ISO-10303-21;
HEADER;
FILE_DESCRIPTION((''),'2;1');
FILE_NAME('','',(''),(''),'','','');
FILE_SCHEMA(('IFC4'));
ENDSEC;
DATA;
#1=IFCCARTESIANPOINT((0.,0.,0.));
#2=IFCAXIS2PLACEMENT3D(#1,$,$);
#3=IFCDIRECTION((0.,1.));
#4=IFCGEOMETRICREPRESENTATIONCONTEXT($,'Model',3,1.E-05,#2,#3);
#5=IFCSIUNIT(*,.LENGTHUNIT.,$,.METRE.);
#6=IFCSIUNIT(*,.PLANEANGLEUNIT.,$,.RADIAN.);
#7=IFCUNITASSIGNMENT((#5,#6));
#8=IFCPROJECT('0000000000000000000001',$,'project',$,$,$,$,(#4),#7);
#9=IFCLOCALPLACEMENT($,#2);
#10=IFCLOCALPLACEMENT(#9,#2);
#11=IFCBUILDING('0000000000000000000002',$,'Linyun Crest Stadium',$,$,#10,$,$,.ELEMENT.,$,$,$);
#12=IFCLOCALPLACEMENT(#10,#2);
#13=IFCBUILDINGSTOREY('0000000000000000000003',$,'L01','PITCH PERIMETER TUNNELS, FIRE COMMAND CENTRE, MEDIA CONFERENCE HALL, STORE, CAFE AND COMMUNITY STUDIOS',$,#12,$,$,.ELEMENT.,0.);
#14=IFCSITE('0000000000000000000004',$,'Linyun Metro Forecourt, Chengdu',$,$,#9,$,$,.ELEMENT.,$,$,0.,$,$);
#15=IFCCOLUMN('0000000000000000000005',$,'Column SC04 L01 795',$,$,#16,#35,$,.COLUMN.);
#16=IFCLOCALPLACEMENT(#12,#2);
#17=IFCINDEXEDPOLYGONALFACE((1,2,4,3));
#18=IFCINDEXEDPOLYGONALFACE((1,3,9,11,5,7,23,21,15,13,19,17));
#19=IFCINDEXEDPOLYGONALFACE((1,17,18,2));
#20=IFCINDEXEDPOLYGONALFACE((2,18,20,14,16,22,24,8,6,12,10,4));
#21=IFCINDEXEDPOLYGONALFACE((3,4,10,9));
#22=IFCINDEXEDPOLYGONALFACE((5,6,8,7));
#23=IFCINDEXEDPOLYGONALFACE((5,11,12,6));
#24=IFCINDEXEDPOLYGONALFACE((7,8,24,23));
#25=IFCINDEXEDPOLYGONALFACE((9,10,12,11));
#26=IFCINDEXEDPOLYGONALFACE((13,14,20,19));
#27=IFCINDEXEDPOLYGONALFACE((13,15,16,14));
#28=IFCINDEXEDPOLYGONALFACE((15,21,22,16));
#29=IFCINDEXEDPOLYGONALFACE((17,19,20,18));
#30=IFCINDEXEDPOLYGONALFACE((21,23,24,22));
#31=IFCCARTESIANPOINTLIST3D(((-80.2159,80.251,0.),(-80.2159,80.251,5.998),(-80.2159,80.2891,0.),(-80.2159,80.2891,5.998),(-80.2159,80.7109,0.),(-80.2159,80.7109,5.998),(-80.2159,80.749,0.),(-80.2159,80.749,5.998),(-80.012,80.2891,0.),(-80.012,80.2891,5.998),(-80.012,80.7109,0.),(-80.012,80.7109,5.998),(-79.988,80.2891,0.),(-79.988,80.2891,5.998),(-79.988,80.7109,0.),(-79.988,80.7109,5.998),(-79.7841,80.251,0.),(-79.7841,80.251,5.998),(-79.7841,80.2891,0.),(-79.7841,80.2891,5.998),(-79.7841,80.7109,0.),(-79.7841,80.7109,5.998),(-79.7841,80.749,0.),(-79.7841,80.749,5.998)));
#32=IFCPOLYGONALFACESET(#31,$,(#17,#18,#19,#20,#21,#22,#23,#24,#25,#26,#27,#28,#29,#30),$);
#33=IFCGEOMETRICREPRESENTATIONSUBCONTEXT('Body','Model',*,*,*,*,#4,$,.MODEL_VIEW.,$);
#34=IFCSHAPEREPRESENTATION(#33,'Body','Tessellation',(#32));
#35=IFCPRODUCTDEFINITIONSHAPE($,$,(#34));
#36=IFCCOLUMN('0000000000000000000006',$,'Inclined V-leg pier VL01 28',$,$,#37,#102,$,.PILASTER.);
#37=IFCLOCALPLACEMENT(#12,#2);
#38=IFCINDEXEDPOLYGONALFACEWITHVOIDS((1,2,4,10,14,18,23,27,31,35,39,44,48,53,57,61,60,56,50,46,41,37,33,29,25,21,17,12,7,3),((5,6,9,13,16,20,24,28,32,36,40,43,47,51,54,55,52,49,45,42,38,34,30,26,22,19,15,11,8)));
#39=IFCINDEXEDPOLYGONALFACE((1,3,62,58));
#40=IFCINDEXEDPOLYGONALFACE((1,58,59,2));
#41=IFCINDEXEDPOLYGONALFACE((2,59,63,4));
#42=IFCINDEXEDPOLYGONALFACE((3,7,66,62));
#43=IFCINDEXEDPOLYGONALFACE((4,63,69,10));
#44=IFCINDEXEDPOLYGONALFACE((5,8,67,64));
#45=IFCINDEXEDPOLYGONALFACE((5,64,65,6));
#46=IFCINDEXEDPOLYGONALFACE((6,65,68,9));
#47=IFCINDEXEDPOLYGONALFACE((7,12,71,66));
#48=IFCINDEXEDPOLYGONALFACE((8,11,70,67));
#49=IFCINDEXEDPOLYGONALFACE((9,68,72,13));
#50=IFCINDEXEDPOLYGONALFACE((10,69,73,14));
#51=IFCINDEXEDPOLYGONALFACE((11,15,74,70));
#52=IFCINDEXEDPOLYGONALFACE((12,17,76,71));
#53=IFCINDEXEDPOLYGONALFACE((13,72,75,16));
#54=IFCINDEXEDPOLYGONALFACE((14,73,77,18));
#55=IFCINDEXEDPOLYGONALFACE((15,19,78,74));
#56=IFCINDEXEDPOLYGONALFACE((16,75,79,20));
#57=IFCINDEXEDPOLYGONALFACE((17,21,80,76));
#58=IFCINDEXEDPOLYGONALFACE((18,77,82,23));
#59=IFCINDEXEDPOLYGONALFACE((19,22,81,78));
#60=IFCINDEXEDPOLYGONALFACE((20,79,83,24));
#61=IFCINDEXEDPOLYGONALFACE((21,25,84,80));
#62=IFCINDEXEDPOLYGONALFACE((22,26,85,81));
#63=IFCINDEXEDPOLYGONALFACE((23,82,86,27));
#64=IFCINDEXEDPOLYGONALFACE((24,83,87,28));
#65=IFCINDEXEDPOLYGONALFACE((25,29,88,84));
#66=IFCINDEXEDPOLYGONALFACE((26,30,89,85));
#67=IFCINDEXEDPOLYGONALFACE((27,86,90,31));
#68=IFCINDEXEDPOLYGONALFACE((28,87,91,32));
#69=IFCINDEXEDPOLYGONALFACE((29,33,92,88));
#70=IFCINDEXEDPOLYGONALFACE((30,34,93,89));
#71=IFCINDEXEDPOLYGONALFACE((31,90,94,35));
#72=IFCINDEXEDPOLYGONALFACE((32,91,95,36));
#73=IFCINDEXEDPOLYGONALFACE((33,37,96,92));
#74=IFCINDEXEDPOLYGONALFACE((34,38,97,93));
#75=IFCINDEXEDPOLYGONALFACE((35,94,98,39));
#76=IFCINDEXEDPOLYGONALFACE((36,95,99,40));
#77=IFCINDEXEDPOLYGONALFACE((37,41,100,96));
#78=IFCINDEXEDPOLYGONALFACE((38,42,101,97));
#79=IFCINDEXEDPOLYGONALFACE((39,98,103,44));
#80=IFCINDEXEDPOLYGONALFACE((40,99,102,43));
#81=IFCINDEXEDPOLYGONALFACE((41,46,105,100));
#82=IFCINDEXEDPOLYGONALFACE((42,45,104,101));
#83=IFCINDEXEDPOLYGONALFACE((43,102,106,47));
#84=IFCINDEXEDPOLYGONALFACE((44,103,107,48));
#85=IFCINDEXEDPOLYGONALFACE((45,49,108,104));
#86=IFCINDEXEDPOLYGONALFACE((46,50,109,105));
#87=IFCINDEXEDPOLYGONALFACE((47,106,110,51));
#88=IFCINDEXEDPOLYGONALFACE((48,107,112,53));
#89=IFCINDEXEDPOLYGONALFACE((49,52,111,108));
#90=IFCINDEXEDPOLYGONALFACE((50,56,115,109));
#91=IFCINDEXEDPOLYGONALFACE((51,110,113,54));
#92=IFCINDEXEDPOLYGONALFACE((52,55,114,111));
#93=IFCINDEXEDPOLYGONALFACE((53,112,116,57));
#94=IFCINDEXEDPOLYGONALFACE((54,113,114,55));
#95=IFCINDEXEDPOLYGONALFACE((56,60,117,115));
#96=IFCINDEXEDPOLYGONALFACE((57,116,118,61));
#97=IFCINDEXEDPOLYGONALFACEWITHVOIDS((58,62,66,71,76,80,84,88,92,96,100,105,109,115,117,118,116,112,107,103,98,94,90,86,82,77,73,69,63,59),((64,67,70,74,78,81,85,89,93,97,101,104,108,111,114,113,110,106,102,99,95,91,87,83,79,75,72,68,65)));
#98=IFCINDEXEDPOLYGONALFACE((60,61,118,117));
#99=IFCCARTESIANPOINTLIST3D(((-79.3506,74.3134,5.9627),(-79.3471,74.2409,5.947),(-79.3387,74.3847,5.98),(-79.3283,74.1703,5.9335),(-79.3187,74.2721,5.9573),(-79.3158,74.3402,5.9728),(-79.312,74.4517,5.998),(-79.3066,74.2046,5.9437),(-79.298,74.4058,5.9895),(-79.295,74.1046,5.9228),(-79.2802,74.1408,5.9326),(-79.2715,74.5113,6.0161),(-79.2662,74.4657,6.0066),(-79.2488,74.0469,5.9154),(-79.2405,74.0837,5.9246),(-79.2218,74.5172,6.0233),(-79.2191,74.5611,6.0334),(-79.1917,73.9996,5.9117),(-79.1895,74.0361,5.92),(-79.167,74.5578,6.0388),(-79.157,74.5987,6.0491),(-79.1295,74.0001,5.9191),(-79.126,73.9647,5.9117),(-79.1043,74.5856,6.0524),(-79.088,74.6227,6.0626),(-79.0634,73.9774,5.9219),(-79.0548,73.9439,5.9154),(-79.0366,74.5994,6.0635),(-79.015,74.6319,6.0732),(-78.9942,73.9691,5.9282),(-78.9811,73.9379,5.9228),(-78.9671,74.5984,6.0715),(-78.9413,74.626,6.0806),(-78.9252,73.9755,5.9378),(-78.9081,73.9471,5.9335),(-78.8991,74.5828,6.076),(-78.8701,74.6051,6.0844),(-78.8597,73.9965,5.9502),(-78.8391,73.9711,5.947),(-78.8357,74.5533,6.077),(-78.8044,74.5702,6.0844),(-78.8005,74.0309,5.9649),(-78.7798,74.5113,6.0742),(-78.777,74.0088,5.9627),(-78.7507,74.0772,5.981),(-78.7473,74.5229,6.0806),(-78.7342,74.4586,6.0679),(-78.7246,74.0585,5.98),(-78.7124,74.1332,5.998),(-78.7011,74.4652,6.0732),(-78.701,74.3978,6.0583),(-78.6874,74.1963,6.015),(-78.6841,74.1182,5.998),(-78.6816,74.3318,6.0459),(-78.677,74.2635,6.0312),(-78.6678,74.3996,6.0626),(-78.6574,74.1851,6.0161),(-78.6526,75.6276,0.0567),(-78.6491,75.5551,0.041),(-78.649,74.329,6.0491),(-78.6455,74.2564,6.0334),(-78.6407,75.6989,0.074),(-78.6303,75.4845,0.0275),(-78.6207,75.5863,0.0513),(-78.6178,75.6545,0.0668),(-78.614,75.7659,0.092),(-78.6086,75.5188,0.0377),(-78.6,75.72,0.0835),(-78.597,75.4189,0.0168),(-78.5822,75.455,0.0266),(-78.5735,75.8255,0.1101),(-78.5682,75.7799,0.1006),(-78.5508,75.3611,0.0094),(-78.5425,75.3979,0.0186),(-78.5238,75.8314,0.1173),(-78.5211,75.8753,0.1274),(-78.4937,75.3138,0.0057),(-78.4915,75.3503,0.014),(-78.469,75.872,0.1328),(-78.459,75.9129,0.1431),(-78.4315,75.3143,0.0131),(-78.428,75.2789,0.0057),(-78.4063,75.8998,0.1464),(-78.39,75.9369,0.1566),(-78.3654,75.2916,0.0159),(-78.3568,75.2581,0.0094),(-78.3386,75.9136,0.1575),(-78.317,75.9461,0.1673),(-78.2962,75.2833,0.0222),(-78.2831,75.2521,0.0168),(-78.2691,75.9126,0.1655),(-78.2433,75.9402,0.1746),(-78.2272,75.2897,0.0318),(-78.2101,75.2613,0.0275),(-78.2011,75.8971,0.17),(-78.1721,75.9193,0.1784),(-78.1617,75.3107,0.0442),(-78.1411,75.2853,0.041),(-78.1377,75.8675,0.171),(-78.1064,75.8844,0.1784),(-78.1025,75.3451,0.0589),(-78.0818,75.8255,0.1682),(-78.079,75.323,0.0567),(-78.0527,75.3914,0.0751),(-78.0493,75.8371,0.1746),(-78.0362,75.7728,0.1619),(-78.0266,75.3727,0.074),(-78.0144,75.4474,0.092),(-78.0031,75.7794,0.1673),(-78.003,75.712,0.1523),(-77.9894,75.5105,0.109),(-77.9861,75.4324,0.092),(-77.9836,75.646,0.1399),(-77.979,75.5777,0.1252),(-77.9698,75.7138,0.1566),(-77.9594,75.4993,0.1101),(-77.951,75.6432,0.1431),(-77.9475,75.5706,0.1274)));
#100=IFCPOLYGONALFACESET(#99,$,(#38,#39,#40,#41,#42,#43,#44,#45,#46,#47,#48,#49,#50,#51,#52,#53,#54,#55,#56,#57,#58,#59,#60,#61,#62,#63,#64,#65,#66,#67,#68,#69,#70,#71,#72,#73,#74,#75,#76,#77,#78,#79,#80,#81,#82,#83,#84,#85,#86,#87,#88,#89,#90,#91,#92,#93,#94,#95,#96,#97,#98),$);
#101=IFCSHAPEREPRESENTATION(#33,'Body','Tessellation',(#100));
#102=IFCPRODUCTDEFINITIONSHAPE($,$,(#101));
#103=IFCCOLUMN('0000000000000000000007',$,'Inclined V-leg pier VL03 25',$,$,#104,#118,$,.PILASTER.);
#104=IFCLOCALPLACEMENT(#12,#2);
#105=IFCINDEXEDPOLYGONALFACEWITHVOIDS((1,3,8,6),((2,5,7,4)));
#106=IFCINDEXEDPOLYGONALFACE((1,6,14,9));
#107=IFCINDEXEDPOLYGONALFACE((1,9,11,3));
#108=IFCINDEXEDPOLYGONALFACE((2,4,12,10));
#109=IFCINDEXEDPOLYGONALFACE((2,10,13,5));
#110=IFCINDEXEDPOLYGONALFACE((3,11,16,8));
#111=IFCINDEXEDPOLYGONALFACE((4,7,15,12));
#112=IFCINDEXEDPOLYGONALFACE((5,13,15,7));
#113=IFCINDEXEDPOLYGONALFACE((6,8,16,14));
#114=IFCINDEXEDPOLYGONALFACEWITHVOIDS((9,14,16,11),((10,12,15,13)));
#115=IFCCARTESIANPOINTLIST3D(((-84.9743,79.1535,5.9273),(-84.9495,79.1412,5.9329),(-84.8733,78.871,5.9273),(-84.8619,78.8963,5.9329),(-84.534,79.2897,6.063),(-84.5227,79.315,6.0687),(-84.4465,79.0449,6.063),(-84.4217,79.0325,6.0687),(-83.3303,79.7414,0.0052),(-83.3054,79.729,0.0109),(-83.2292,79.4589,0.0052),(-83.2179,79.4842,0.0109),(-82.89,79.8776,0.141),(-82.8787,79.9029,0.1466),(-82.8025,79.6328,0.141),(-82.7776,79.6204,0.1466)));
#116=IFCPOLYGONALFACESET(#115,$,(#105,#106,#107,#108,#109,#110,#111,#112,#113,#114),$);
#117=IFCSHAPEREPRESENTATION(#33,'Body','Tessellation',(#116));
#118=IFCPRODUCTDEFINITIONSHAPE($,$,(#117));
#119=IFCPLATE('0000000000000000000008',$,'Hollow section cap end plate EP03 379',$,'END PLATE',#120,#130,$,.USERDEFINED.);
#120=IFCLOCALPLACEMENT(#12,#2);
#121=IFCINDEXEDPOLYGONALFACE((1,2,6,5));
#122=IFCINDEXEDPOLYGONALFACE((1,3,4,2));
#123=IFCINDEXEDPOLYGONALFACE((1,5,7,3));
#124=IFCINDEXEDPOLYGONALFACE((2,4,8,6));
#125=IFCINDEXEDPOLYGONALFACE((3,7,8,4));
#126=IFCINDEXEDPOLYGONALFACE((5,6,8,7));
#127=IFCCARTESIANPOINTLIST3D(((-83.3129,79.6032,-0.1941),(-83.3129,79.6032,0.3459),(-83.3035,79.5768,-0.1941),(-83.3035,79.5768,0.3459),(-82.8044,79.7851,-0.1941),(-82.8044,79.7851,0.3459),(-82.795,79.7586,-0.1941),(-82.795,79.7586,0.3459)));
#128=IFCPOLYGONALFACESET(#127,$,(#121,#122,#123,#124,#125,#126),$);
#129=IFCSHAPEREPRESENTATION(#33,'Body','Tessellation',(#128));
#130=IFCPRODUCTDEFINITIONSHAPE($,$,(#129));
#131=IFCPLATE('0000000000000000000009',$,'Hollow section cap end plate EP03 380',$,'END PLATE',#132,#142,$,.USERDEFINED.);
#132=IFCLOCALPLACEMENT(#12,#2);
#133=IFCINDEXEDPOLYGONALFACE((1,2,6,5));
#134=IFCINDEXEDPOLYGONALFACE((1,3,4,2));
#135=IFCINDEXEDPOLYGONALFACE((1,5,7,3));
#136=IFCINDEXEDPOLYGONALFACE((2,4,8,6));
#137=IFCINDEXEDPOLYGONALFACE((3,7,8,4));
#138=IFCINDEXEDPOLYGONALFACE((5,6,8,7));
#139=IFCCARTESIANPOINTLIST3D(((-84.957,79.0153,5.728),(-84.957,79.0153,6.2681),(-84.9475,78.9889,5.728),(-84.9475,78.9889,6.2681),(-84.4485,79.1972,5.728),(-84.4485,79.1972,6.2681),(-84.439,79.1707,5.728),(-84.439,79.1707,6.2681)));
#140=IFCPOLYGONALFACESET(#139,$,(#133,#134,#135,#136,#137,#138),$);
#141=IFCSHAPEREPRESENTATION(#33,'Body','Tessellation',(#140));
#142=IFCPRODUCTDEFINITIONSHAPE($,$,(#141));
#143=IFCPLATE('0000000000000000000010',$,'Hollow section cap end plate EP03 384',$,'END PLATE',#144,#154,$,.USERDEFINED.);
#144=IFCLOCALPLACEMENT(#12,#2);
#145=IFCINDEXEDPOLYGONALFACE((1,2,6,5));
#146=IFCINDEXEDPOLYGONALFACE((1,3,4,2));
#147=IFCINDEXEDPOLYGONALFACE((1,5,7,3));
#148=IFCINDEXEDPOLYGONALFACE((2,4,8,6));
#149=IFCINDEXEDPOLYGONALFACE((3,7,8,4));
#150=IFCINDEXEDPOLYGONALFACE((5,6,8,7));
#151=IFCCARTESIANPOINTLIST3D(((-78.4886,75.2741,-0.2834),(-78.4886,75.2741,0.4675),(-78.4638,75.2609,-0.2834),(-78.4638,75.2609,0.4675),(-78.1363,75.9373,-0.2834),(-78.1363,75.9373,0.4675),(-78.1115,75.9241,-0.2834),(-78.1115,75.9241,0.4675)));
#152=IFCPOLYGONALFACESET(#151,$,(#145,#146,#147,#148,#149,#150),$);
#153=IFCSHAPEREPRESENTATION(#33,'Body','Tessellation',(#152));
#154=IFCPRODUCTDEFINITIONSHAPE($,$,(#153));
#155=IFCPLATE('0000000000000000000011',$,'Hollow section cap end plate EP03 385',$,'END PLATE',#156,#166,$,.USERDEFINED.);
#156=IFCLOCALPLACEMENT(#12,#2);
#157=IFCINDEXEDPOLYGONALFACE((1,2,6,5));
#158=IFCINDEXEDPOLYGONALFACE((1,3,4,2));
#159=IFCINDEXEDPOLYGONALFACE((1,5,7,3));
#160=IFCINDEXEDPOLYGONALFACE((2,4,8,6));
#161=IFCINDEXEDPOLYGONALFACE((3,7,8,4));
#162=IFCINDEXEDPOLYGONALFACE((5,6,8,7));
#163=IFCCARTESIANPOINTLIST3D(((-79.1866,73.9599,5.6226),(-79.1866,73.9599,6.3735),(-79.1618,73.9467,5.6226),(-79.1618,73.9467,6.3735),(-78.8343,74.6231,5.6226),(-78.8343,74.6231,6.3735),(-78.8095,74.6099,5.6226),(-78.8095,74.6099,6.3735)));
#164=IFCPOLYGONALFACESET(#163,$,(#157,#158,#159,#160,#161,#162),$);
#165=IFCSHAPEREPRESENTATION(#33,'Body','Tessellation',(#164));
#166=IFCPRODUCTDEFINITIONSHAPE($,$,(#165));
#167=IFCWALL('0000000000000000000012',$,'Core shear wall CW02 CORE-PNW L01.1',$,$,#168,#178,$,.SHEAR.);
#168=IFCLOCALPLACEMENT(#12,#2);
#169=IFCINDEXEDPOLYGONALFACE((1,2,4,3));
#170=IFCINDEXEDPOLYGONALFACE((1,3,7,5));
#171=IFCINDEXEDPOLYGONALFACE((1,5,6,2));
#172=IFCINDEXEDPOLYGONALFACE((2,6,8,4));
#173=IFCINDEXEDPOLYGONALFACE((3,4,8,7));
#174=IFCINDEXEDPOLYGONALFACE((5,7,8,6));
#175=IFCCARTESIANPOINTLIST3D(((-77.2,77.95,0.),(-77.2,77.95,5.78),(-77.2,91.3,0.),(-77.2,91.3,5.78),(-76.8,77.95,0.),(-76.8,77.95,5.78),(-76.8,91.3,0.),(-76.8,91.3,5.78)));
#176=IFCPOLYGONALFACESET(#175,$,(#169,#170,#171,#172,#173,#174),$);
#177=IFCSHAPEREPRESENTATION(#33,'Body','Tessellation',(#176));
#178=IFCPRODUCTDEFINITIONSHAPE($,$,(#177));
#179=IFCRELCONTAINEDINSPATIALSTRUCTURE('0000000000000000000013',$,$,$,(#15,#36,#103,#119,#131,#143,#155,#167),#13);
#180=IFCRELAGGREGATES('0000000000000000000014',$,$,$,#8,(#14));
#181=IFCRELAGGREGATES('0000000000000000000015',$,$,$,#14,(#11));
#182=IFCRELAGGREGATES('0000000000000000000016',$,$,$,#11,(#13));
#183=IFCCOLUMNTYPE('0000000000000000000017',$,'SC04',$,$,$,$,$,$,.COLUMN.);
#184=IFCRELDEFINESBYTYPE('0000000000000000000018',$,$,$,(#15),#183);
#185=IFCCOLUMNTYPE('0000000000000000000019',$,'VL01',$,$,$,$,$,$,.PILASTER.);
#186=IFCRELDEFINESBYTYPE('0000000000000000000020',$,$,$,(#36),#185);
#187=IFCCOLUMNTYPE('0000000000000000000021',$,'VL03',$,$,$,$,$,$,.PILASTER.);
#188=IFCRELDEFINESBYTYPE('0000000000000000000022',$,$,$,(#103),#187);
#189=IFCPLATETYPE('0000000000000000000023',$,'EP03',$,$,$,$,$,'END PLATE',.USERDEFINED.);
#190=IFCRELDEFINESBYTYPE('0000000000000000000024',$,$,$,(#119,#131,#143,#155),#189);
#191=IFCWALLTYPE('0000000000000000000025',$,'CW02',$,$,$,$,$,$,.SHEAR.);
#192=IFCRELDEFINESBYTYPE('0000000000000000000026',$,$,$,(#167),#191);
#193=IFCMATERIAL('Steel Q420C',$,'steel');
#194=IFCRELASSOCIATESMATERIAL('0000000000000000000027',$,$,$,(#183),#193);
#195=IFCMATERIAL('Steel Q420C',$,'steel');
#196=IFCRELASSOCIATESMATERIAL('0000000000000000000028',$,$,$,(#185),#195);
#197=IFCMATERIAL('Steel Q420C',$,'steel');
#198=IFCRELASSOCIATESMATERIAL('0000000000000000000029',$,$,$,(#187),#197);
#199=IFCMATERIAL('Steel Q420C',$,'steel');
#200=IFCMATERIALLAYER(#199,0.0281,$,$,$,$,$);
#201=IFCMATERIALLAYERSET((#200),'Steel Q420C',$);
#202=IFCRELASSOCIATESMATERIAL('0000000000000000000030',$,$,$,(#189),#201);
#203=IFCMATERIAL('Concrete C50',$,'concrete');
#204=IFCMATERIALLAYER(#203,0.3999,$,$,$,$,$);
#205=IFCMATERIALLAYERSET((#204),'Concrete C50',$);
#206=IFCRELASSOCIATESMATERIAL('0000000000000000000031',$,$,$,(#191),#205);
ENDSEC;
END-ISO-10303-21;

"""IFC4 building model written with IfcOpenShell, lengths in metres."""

from ifc_helpers import new_model, si_unit, direction, frame, frame_2d, origin, origin_2d, place, context, subcontext, project, spatial, rectangle, hollow_rectangle, hollow_circle, i_section, extrude, material, layer, layer_set, material_profile, profile_set, type_object, element, save


model = new_model("IFC4")

# Units and contexts
model_context = context("Model", 3, precision=1e-05, world=origin(), true_north=direction((0.0, 1.0)))
body_context = subcontext(model_context, "Body", "Model", "MODEL_VIEW")
ifc_project = project(units=[si_unit("LENGTHUNIT", "METRE"), si_unit("PLANEANGLEUNIT", "RADIAN")], contexts=[model_context])

# Site, building, storey
site_placement = place(None, origin())
site = spatial("IfcSite", under=ifc_project, at=site_placement, Name="Linyun Metro Forecourt, Chengdu", CompositionType="ELEMENT", RefElevation=0.0)
building_placement = place(site_placement, origin())
building = spatial("IfcBuilding", under=site, at=building_placement, Name="Linyun Crest Stadium", CompositionType="ELEMENT")
storey_placement = place(building_placement, origin())
storey = spatial("IfcBuildingStorey", under=building, at=storey_placement, Name="L01", Description="PITCH PERIMETER TUNNELS, FIRE COMMAND CENTRE, MEDIA CONFERENCE HALL, STORE, CAFE AND COMMUNITY STUDIOS", CompositionType="ELEMENT", Elevation=0.0)

# Columns
ifc_material_1 = material(Name="Steel Q420C", Category="steel")
ifc_material_profile_1 = material_profile(ifc_material_1, i_section(OverallWidth=0.4319, OverallDepth=0.498, WebThickness=0.0239, FlangeThickness=0.0381, at=origin_2d()), Name="HW 498x432")
ifc_profile_set_1 = profile_set([ifc_material_profile_1], Name="Steel Q420C")
column_type_1 = type_object("IfcColumnType", Name="SC04", PredefinedType="COLUMN", material=ifc_profile_set_1)
column_1_placement = place(storey_placement, frame((-80.0, 80.5, 0.0), z_axis=(0.0, 0.0, 1.0), x_axis=(1.0, 0.0, 0.0)))
element("IfcColumn", 1, at=column_1_placement, inside=storey, type_object=column_type_1, Name="Column SC04 L01 795", PredefinedType="COLUMN", context=body_context, shape_type="SweptSolid", body=[
    extrude(i_section(OverallWidth=0.4319, OverallDepth=0.498, WebThickness=0.0239, FlangeThickness=0.0381, at=origin_2d()), origin(), (0.0, 0.0, 1.0), 5.998),
])
ifc_material_2 = material(Name="Steel Q420C", Category="steel")
ifc_material_profile_2 = material_profile(ifc_material_2, hollow_circle(Radius=0.3555, WallThickness=0.032, at=origin_2d()), Name="CHS 711x32")
ifc_profile_set_2 = profile_set([ifc_material_profile_2], Name="Steel Q420C")
column_type_2 = type_object("IfcColumnType", Name="VL01", PredefinedType="PILASTER", material=ifc_profile_set_2)
column_2_placement = place(storey_placement, frame((-78.3, 75.5991, 0.092), z_axis=(-0.114603, -0.215777, 0.969694), x_axis=(0.883165, -0.469063, 0.0)))
element("IfcColumn", 2, at=column_2_placement, inside=storey, type_object=column_type_2, Name="Inclined V-leg pier VL01 28", PredefinedType="PILASTER", context=body_context, shape_type="SweptSolid", body=[
    extrude(hollow_circle(Radius=0.3555, WallThickness=0.032, at=origin_2d()), origin(), (0.0, 0.0, 1.0), 6.0906),
])
ifc_material_3 = material(Name="Steel Q420C", Category="steel")
ifc_material_profile_3 = material_profile(ifc_material_3, hollow_rectangle(XDim=0.3, YDim=0.5, WallThickness=0.02, at=origin_2d()), Name="RHS 500x300x20")
ifc_profile_set_3 = profile_set([ifc_material_profile_3], Name="Steel Q420C")
column_type_3 = type_object("IfcColumnType", Name="VL03", PredefinedType="PILASTER", material=ifc_profile_set_3)
column_3_placement = place(storey_placement, frame((-83.054, 79.6809, 0.0759), z_axis=(-0.266279, -0.095218, 0.959181), x_axis=(0.336708, -0.941609, 0.0)))
element("IfcColumn", 3, at=column_3_placement, inside=storey, type_object=column_type_3, Name="Inclined V-leg pier VL03 25", PredefinedType="PILASTER", context=body_context, shape_type="SweptSolid", body=[
    extrude(hollow_rectangle(XDim=0.3, YDim=0.5, WallThickness=0.02, at=origin_2d()), origin(), (0.0, 0.0, 1.0), 6.1741),
])

# Plates
ifc_material_4 = material(Name="Steel Q420C", Category="steel")
ifc_layer_1 = layer(ifc_material_4, 0.0281)
ifc_layer_set_1 = layer_set([ifc_layer_1], Name="Steel Q420C")
plate_type = type_object("IfcPlateType", Name="EP03", ElementType="END PLATE", PredefinedType="USERDEFINED", material=ifc_layer_set_1)
for number, where, z_axis, x_axis, name in (
    (4, (-83.054, 79.6809, -0.1941), (0.0, 0.0, 1.0), (-0.941588, -0.336767, 0.0), "Hollow section cap end plate EP03 379"),
    (5, (-84.698, 79.093, 5.728), (0.0, 0.0, 1.0), (-0.941588, -0.336767, 0.0), "Hollow section cap end plate EP03 380"),
):
    element("IfcPlate", number, at=place(storey_placement, frame(where, z_axis=z_axis, x_axis=x_axis)), inside=storey, type_object=plate_type, Name=name, ObjectType="END PLATE", PredefinedType="USERDEFINED", context=body_context, shape_type="SweptSolid", body=[
        extrude(rectangle(XDim=0.54, YDim=0.0281, at=origin_2d()), origin(), (0.0, 0.0, 1.0), 0.54),
    ])
for number, where, z_axis, x_axis, name in (
    (6, (-78.3, 75.5991, -0.2834), (0.0, 0.0, 1.0), (-0.469163, -0.883111, 0.0), "Hollow section cap end plate EP03 384"),
    (7, (-78.998, 74.2849, 5.6226), (0.0, 0.0, 1.0), (-0.469163, -0.883111, 0.0), "Hollow section cap end plate EP03 385"),
):
    element("IfcPlate", number, at=place(storey_placement, frame(where, z_axis=z_axis, x_axis=x_axis)), inside=storey, type_object=plate_type, Name=name, ObjectType="END PLATE", PredefinedType="USERDEFINED", context=body_context, shape_type="SweptSolid", body=[
        extrude(rectangle(XDim=0.751, YDim=0.0281, at=origin_2d()), origin(), (0.0, 0.0, 1.0), 0.751),
    ])

# Wall
ifc_material_5 = material(Name="Concrete C50", Category="concrete")
ifc_layer_2 = layer(ifc_material_5, 0.3999)
ifc_layer_set_2 = layer_set([ifc_layer_2], Name="Concrete C50")
wall_type_1 = type_object("IfcWallType", Name="CW02", PredefinedType="SHEAR", material=ifc_layer_set_2)
wall_1_placement = place(storey_placement, frame((-77.0, 77.95, 0.0), z_axis=(0.0, 0.0, 1.0), x_axis=(0.0, 1.0, 0.0)))
element("IfcWall", 8, at=wall_1_placement, inside=storey, type_object=wall_type_1, Name="Core shear wall CW02 CORE-PNW L01.1", PredefinedType="SHEAR", context=body_context, shape_type="SweptSolid", body=[
    extrude(rectangle(XDim=13.3501, YDim=0.3999, at=frame_2d((6.675, 0.0))), origin(), (0.0, 0.0, 1.0), 5.78),
])

save(model, "model.ifc")
